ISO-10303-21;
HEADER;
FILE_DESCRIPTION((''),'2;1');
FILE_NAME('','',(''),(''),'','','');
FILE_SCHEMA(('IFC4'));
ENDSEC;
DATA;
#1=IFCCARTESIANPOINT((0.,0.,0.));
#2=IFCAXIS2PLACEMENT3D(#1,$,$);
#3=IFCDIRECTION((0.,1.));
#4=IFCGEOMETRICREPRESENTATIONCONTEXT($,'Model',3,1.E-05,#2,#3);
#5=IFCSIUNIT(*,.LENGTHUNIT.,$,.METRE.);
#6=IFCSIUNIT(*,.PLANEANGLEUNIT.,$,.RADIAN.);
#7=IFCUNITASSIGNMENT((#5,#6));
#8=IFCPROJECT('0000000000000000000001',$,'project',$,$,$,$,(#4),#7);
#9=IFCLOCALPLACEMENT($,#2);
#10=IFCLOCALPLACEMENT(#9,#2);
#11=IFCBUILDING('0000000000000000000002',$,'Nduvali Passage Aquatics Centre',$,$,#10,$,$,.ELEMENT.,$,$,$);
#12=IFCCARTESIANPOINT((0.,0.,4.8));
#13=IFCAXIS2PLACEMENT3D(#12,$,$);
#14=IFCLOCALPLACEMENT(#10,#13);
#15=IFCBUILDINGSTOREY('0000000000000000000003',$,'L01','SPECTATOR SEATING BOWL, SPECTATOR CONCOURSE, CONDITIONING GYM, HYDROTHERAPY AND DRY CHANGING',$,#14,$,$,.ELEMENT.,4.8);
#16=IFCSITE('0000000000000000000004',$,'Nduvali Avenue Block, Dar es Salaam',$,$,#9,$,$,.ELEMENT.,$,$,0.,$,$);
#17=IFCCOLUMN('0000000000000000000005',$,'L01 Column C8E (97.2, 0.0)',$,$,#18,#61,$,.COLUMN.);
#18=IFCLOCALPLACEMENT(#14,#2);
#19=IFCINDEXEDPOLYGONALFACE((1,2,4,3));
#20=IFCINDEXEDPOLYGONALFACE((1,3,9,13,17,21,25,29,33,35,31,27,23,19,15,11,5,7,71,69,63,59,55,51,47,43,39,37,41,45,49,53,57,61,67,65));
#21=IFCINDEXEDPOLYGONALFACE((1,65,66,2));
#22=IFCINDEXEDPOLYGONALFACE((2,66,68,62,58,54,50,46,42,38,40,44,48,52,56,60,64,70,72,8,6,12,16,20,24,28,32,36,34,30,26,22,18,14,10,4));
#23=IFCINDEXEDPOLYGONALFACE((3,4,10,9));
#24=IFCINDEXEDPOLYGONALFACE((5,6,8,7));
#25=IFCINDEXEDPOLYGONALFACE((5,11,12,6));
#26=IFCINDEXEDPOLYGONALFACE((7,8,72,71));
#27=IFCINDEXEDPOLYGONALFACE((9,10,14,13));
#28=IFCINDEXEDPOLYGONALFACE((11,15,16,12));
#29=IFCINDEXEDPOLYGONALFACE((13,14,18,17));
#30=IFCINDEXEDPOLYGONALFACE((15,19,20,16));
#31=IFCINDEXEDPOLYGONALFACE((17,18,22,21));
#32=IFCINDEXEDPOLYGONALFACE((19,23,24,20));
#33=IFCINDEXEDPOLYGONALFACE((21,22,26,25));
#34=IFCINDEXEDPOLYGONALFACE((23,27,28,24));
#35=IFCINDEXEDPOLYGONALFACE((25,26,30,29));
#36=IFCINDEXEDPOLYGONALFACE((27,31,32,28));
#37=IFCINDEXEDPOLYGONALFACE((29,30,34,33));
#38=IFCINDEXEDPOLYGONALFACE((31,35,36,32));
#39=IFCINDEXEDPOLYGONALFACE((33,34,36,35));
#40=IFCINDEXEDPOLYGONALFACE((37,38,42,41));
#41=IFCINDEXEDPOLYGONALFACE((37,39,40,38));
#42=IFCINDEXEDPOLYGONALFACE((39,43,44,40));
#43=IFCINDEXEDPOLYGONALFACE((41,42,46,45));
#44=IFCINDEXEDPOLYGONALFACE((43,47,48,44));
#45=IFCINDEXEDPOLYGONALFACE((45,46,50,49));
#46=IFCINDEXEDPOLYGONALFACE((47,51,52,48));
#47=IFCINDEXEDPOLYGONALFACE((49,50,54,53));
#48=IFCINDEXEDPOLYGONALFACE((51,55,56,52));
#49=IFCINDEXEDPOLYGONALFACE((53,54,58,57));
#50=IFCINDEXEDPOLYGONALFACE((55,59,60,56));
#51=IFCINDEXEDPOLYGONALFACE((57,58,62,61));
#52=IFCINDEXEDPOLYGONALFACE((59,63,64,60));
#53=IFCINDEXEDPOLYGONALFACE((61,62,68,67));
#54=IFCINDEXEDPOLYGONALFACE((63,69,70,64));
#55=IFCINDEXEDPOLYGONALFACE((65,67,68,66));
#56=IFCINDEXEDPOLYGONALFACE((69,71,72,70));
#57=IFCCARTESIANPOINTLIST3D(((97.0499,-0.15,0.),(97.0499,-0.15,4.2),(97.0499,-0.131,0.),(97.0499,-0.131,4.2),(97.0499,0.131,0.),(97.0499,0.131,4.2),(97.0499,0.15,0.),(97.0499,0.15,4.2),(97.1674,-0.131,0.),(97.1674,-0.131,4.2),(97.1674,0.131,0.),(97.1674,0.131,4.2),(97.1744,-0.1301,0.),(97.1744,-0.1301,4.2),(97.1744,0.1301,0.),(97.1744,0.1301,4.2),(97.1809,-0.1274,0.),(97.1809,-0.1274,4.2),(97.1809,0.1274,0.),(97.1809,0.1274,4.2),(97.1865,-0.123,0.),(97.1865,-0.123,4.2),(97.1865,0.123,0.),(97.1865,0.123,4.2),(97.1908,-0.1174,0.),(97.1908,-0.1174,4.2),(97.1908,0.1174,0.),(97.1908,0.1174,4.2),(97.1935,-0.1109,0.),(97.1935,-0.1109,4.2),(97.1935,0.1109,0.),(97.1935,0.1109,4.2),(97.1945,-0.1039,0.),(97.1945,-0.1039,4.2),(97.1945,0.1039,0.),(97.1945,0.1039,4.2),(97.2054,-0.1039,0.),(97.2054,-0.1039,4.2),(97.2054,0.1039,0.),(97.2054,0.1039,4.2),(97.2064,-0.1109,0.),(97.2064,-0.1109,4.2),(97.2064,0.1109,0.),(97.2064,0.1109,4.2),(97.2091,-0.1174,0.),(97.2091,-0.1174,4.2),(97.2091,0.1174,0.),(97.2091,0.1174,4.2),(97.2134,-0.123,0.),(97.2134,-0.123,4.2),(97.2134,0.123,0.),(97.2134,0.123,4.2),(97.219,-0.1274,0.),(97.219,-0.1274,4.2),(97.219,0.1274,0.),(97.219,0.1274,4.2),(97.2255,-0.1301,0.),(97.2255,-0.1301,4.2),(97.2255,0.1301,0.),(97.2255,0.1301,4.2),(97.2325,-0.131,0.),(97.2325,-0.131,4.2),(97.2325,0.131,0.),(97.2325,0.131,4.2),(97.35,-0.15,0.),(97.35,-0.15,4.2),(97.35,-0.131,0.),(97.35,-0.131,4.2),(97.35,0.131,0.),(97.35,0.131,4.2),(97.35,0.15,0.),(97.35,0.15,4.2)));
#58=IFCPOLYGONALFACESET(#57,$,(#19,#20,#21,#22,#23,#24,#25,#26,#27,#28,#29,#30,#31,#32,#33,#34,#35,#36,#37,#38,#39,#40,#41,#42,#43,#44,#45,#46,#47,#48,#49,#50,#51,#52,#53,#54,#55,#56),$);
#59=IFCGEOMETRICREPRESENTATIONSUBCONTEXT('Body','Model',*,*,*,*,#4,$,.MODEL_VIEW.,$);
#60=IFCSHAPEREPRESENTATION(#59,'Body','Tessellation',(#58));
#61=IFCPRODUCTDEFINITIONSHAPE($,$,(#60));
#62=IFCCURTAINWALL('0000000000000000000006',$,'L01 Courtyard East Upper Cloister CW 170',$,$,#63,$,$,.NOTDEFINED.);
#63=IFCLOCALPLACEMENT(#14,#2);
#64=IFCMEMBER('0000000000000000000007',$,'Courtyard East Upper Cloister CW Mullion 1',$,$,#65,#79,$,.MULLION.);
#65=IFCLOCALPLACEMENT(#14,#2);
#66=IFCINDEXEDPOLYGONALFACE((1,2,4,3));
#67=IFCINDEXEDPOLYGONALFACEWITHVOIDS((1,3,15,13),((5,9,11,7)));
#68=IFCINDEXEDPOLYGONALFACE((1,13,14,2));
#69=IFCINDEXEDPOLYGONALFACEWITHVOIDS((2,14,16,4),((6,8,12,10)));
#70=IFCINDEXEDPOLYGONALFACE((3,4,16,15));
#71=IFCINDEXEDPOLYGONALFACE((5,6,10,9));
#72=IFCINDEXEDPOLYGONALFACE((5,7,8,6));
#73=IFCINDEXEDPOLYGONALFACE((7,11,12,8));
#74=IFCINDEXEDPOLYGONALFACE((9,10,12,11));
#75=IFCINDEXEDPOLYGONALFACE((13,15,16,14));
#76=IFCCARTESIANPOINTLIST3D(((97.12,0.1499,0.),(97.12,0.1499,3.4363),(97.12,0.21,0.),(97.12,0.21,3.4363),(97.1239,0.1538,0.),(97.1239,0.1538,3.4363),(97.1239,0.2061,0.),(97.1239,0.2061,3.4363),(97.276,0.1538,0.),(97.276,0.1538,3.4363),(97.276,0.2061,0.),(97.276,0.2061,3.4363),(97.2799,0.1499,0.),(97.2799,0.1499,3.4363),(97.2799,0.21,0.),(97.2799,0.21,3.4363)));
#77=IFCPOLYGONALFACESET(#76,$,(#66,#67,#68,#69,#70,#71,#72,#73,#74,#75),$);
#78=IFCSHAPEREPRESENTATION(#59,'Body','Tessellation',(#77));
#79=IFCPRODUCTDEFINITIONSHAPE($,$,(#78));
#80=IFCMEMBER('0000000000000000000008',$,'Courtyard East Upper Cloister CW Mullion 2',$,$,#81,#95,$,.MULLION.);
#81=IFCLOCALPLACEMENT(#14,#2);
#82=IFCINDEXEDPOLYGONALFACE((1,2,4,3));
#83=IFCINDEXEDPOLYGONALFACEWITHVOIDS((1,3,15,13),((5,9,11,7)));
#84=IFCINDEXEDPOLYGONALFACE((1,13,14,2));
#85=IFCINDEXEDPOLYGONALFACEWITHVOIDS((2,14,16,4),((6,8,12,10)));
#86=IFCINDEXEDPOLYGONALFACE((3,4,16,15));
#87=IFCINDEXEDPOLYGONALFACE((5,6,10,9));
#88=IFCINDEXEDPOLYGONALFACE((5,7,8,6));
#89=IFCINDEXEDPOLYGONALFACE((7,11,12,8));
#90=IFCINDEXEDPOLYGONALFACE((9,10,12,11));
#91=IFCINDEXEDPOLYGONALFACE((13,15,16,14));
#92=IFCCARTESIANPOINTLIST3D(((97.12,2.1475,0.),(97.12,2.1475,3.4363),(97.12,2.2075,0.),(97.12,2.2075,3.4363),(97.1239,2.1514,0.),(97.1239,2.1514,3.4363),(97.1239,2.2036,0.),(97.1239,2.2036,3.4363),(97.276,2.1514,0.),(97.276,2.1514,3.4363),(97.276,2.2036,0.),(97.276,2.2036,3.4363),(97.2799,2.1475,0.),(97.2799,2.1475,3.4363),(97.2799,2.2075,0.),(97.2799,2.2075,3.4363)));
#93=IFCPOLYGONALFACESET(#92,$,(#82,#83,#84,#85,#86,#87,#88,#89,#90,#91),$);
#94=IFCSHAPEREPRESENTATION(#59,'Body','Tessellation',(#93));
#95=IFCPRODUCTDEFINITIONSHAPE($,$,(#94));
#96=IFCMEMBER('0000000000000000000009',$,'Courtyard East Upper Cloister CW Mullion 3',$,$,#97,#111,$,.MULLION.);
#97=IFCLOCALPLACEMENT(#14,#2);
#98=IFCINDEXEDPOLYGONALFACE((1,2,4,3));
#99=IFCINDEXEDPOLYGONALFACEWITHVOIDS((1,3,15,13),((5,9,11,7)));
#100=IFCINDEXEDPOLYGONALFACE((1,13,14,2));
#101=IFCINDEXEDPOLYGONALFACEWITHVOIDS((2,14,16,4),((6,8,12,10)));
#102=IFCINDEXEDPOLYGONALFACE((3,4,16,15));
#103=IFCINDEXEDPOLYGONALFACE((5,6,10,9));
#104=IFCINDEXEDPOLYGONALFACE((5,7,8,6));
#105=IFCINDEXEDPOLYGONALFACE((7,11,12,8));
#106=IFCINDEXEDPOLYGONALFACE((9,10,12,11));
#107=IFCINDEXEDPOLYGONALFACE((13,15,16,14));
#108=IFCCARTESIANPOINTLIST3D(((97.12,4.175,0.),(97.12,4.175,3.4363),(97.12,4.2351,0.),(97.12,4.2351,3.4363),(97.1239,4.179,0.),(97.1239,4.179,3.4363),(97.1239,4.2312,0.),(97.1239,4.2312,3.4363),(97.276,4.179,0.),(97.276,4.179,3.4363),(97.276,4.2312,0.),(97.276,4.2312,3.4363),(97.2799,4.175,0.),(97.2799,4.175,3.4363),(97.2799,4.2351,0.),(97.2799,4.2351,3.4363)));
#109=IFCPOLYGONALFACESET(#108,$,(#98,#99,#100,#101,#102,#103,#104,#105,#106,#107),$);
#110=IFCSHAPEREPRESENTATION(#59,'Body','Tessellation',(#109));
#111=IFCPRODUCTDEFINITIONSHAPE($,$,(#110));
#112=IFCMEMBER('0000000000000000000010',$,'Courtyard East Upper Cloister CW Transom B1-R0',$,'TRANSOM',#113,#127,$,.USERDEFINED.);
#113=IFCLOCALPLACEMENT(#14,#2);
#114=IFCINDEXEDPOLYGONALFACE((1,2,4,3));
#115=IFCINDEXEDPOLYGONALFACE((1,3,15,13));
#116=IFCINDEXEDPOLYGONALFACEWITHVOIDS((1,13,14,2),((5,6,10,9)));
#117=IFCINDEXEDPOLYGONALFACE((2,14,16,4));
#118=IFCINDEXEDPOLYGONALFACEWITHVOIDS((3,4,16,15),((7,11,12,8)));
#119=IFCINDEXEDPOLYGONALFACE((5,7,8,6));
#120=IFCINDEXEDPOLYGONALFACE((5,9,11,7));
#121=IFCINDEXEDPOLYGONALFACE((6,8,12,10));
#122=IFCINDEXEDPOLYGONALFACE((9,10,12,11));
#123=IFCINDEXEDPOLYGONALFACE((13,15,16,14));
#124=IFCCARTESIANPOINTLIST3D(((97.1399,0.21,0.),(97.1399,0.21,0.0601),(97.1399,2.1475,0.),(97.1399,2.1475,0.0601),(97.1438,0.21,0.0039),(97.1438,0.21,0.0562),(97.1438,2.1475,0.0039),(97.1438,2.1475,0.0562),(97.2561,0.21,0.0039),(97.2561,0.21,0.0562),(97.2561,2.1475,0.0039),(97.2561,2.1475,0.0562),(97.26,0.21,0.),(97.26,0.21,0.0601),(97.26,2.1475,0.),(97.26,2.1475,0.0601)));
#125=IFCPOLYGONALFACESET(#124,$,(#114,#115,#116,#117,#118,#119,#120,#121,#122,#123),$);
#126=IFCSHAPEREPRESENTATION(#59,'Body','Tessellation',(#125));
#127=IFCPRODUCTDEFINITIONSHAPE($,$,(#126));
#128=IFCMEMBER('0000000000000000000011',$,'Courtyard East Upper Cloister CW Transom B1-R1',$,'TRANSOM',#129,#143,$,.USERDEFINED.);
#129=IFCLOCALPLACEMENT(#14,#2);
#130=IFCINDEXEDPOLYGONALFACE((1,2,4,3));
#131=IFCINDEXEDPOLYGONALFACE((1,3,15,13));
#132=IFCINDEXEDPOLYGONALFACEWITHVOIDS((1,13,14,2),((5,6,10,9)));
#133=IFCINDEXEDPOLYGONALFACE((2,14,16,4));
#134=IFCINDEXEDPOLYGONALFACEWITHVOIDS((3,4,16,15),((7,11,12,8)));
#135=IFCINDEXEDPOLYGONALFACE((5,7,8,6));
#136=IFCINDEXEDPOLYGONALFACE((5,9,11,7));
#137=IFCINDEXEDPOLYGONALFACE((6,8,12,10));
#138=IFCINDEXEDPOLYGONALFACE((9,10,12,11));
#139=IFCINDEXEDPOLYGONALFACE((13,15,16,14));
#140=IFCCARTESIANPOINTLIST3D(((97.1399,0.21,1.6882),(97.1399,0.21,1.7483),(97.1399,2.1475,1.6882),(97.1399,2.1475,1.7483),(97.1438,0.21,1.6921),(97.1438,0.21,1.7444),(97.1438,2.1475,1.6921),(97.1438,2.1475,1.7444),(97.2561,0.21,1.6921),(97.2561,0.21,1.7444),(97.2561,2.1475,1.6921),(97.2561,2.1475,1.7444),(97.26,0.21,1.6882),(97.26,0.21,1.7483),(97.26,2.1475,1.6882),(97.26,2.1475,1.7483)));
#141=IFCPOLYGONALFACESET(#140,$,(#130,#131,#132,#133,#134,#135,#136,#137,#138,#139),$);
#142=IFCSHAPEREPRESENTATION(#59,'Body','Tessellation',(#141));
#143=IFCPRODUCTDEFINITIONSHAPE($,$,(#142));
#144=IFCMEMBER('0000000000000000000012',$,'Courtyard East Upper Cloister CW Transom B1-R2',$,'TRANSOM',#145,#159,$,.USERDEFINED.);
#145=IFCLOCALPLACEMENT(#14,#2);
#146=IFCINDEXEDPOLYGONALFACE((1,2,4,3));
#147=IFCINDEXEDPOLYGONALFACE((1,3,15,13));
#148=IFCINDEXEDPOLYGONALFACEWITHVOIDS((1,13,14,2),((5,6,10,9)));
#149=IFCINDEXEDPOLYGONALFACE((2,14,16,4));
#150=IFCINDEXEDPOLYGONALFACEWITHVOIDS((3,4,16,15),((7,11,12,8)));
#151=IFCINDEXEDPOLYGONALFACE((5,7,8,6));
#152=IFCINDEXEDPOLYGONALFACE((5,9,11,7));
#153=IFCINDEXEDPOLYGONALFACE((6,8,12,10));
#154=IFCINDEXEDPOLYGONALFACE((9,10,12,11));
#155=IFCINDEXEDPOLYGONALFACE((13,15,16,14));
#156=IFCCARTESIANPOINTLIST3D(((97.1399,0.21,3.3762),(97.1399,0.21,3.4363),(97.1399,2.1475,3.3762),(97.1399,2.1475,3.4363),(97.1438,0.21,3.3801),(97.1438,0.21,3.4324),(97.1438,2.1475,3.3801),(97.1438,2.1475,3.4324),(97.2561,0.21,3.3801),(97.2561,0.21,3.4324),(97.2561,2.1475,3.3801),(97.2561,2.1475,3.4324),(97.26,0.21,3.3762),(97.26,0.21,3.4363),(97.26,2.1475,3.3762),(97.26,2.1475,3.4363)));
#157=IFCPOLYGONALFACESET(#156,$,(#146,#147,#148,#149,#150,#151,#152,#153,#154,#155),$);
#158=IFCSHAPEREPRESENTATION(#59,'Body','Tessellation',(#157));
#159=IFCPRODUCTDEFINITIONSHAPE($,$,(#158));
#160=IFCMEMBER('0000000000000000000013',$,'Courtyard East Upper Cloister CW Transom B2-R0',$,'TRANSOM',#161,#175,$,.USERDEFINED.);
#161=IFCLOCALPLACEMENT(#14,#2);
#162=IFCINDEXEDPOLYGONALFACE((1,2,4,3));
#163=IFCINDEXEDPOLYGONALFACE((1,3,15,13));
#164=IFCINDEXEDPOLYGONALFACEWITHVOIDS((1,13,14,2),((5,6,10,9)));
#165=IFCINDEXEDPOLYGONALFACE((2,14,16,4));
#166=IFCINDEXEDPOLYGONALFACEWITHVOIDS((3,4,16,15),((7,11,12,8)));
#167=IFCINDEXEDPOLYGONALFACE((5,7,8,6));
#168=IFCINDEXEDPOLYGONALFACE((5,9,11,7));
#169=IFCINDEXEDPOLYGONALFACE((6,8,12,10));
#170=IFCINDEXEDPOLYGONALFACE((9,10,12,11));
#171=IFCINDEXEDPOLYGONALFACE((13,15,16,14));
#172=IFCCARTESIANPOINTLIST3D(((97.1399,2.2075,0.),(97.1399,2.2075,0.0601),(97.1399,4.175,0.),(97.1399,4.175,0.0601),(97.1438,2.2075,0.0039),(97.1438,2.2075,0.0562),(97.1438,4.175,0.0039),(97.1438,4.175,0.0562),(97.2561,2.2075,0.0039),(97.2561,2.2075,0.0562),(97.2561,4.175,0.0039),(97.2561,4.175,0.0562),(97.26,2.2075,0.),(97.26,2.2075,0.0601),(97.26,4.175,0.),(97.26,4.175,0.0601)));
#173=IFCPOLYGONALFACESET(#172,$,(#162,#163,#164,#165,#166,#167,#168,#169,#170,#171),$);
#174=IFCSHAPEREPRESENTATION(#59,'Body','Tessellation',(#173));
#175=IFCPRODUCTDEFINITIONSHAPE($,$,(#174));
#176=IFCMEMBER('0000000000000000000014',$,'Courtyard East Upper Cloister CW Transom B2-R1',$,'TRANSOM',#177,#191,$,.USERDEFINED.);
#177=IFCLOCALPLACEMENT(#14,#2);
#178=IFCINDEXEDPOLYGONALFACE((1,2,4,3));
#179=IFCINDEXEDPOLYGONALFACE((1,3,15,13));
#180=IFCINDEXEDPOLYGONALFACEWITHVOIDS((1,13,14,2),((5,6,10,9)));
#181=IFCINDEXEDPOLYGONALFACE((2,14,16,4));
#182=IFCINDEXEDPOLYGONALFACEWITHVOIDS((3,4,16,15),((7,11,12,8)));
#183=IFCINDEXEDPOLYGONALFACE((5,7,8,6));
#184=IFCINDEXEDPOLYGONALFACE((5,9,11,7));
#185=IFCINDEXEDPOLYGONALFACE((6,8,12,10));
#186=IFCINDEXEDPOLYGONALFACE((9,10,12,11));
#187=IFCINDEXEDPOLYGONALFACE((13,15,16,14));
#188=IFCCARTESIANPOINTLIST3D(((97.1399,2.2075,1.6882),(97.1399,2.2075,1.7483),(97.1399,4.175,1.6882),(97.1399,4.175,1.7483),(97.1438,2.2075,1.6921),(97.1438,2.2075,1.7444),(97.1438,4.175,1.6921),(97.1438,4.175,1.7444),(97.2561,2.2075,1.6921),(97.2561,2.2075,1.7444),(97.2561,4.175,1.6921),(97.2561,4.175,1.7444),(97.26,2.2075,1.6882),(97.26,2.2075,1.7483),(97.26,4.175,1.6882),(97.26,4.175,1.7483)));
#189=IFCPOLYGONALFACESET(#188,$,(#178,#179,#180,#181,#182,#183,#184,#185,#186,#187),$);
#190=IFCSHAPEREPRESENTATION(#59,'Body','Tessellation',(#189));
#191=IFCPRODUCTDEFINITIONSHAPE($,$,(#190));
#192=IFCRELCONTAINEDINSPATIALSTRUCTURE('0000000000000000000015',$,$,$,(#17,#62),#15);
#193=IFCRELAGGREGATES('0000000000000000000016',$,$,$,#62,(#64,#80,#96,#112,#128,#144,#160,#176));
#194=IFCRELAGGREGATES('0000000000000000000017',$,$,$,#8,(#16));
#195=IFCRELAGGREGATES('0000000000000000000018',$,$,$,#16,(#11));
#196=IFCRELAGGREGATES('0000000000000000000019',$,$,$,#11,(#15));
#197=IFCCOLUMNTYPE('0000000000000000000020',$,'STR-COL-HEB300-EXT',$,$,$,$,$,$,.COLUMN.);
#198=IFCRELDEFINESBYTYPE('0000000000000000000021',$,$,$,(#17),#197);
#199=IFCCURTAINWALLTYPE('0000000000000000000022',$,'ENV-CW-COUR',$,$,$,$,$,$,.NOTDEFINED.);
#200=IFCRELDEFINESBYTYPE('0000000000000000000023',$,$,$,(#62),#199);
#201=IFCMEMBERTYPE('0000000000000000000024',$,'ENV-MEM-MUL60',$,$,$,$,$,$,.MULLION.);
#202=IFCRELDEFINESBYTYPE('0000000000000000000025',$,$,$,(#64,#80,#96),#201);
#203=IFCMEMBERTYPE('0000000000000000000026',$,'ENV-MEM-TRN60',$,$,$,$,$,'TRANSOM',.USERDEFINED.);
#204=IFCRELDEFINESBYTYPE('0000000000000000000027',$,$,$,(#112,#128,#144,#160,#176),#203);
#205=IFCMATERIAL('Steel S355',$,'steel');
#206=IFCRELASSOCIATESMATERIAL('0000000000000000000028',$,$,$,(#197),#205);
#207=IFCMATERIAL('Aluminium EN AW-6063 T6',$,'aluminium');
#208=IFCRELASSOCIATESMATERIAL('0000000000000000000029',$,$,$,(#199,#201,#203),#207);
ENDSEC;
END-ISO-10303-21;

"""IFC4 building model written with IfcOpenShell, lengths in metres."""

from ifc_helpers import new_model, si_unit, direction, frame, origin, origin_2d, place, context, subcontext, project, spatial, hollow_rectangle, i_section, extrude, material, material_profile, profile_set, type_object, element, aggregate, save


model = new_model("IFC4")

# Units and contexts
model_context = context("Model", 3, precision=1e-05, world=origin(), true_north=direction((0.0, 1.0)))
body_context = subcontext(model_context, "Body", "Model", "MODEL_VIEW")
ifc_project = project(units=[si_unit("LENGTHUNIT", "METRE"), si_unit("PLANEANGLEUNIT", "RADIAN")], contexts=[model_context])

# Site, building, storey
site_placement = place(None, origin())
site = spatial("IfcSite", under=ifc_project, at=site_placement, Name="Nduvali Avenue Block, Dar es Salaam", CompositionType="ELEMENT", RefElevation=0.0)
building_placement = place(site_placement, origin())
building = spatial("IfcBuilding", under=site, at=building_placement, Name="Nduvali Passage Aquatics Centre", CompositionType="ELEMENT")
storey_placement = place(building_placement, frame((0.0, 0.0, 4.8)))
storey = spatial("IfcBuildingStorey", under=building, at=storey_placement, Name="L01", Description="SPECTATOR SEATING BOWL, SPECTATOR CONCOURSE, CONDITIONING GYM, HYDROTHERAPY AND DRY CHANGING", CompositionType="ELEMENT", Elevation=4.8)

# Column
ifc_material_1 = material(Name="Steel S355", Category="steel")
ifc_material_profile_1 = material_profile(ifc_material_1, i_section(OverallWidth=0.3, OverallDepth=0.3, WebThickness=0.011, FlangeThickness=0.019, FilletRadius=0.0271, at=origin_2d()), Name="HEB 300")
ifc_profile_set_1 = profile_set([ifc_material_profile_1], Name="Steel S355")
column_type = type_object("IfcColumnType", Name="STR-COL-HEB300-EXT", PredefinedType="COLUMN", material=ifc_profile_set_1)
column_placement = place(storey_placement, frame((97.2, 0.0, 0.0), z_axis=(0.0, 0.0, 1.0), x_axis=(1.0, 0.0, 0.0)))
element("IfcColumn", 1, at=column_placement, inside=storey, type_object=column_type, Name="L01 Column C8E (97.2, 0.0)", PredefinedType="COLUMN", context=body_context, shape_type="SweptSolid", body=[
    extrude(i_section(OverallWidth=0.3, OverallDepth=0.3, WebThickness=0.011, FlangeThickness=0.019, FilletRadius=0.0271, at=origin_2d()), origin(), (0.0, 0.0, 1.0), 4.2),
])

# Curtain wall, members
ifc_material_2 = material(Name="Aluminium EN AW-6063 T6", Category="aluminium")
curtain_wall_type = type_object("IfcCurtainWallType", Name="ENV-CW-COUR", PredefinedType="NOTDEFINED", material=ifc_material_2)
curtain_wall_placement = place(storey_placement, origin())
curtain_wall = element("IfcCurtainWall", 2, at=curtain_wall_placement, inside=storey, type_object=curtain_wall_type, Name="L01 Courtyard East Upper Cloister CW 170", PredefinedType="NOTDEFINED")
ifc_material_profile_2 = material_profile(ifc_material_2, hollow_rectangle(XDim=0.0601, YDim=0.1599, WallThickness=0.0039, at=origin_2d()), Name="ALU MULLION 60x160x4")
ifc_profile_set_2 = profile_set([ifc_material_profile_2], Name="Aluminium EN AW-6063 T6")
member_type_1 = type_object("IfcMemberType", Name="ENV-MEM-MUL60", PredefinedType="MULLION", material=ifc_profile_set_2)
member_1_placement = place(storey_placement, frame((97.2, 0.1799, 0.0), z_axis=(0.0, 0.0, 1.0), x_axis=(0.0, 1.0, 0.0)))
member_1 = element("IfcMember", 3, at=member_1_placement, type_object=member_type_1, Name="Courtyard East Upper Cloister CW Mullion 1", PredefinedType="MULLION", context=body_context, shape_type="SweptSolid", body=[
    extrude(hollow_rectangle(XDim=0.0601, YDim=0.1599, WallThickness=0.0039, at=origin_2d()), origin(), (0.0, 0.0, 1.0), 3.4363),
])
member_2_placement = place(storey_placement, frame((97.2, 2.1775, 0.0), z_axis=(0.0, 0.0, 1.0), x_axis=(0.0, 1.0, 0.0)))
member_2 = element("IfcMember", 4, at=member_2_placement, type_object=member_type_1, Name="Courtyard East Upper Cloister CW Mullion 2", PredefinedType="MULLION", context=body_context, shape_type="SweptSolid", body=[
    extrude(hollow_rectangle(XDim=0.0601, YDim=0.1599, WallThickness=0.0039, at=origin_2d()), origin(), (0.0, 0.0, 1.0), 3.4363),
])
member_3_placement = place(storey_placement, frame((97.2, 4.2051, 0.0), z_axis=(0.0, 0.0, 1.0), x_axis=(0.0, 1.0, 0.0)))
member_3 = element("IfcMember", 5, at=member_3_placement, type_object=member_type_1, Name="Courtyard East Upper Cloister CW Mullion 3", PredefinedType="MULLION", context=body_context, shape_type="SweptSolid", body=[
    extrude(hollow_rectangle(XDim=0.0601, YDim=0.1599, WallThickness=0.0039, at=origin_2d()), origin(), (0.0, 0.0, 1.0), 3.4363),
])
ifc_material_profile_3 = material_profile(ifc_material_2, hollow_rectangle(XDim=0.1201, YDim=0.0601, WallThickness=0.0039, at=origin_2d()), Name="ALU TRANSOM 120x60x4")
ifc_profile_set_3 = profile_set([ifc_material_profile_3], Name="Aluminium EN AW-6063 T6")
member_type_2 = type_object("IfcMemberType", Name="ENV-MEM-TRN60", ElementType="TRANSOM", PredefinedType="USERDEFINED", material=ifc_profile_set_3)
member_4_placement = place(storey_placement, frame((97.2, 0.21, 0.03), z_axis=(0.0, 1.0, 0.0), x_axis=(-1.0, 0.0, 0.0)))
member_4 = element("IfcMember", 6, at=member_4_placement, type_object=member_type_2, Name="Courtyard East Upper Cloister CW Transom B1-R0", ObjectType="TRANSOM", PredefinedType="USERDEFINED", context=body_context, shape_type="SweptSolid", body=[
    extrude(hollow_rectangle(XDim=0.1201, YDim=0.0601, WallThickness=0.0039, at=origin_2d()), origin(), (0.0, 0.0, 1.0), 1.9375),
])
member_5_placement = place(storey_placement, frame((97.2, 0.21, 1.7183), z_axis=(0.0, 1.0, 0.0), x_axis=(-1.0, 0.0, 0.0)))
member_5 = element("IfcMember", 7, at=member_5_placement, type_object=member_type_2, Name="Courtyard East Upper Cloister CW Transom B1-R1", ObjectType="TRANSOM", PredefinedType="USERDEFINED", context=body_context, shape_type="SweptSolid", body=[
    extrude(hollow_rectangle(XDim=0.1201, YDim=0.0601, WallThickness=0.0039, at=origin_2d()), origin(), (0.0, 0.0, 1.0), 1.9375),
])
member_6_placement = place(storey_placement, frame((97.2, 0.21, 3.4062), z_axis=(0.0, 1.0, 0.0), x_axis=(-1.0, 0.0, 0.0)))
member_6 = element("IfcMember", 8, at=member_6_placement, type_object=member_type_2, Name="Courtyard East Upper Cloister CW Transom B1-R2", ObjectType="TRANSOM", PredefinedType="USERDEFINED", context=body_context, shape_type="SweptSolid", body=[
    extrude(hollow_rectangle(XDim=0.1201, YDim=0.0601, WallThickness=0.0039, at=origin_2d()), origin(), (0.0, 0.0, 1.0), 1.9375),
])
member_7_placement = place(storey_placement, frame((97.2, 2.2075, 0.03), z_axis=(0.0, 1.0, 0.0), x_axis=(-1.0, 0.0, 0.0)))
member_7 = element("IfcMember", 9, at=member_7_placement, type_object=member_type_2, Name="Courtyard East Upper Cloister CW Transom B2-R0", ObjectType="TRANSOM", PredefinedType="USERDEFINED", context=body_context, shape_type="SweptSolid", body=[
    extrude(hollow_rectangle(XDim=0.1201, YDim=0.0601, WallThickness=0.0039, at=origin_2d()), origin(), (0.0, 0.0, 1.0), 1.9675),
])
member_8_placement = place(storey_placement, frame((97.2, 2.2075, 1.7183), z_axis=(0.0, 1.0, 0.0), x_axis=(-1.0, 0.0, 0.0)))
member_8 = element("IfcMember", 10, at=member_8_placement, type_object=member_type_2, Name="Courtyard East Upper Cloister CW Transom B2-R1", ObjectType="TRANSOM", PredefinedType="USERDEFINED", context=body_context, shape_type="SweptSolid", body=[
    extrude(hollow_rectangle(XDim=0.1201, YDim=0.0601, WallThickness=0.0039, at=origin_2d()), origin(), (0.0, 0.0, 1.0), 1.9675),
])

aggregate(curtain_wall, [member_1, member_2, member_3, member_4, member_5, member_6, member_7, member_8])

save(model, "model.ifc")
